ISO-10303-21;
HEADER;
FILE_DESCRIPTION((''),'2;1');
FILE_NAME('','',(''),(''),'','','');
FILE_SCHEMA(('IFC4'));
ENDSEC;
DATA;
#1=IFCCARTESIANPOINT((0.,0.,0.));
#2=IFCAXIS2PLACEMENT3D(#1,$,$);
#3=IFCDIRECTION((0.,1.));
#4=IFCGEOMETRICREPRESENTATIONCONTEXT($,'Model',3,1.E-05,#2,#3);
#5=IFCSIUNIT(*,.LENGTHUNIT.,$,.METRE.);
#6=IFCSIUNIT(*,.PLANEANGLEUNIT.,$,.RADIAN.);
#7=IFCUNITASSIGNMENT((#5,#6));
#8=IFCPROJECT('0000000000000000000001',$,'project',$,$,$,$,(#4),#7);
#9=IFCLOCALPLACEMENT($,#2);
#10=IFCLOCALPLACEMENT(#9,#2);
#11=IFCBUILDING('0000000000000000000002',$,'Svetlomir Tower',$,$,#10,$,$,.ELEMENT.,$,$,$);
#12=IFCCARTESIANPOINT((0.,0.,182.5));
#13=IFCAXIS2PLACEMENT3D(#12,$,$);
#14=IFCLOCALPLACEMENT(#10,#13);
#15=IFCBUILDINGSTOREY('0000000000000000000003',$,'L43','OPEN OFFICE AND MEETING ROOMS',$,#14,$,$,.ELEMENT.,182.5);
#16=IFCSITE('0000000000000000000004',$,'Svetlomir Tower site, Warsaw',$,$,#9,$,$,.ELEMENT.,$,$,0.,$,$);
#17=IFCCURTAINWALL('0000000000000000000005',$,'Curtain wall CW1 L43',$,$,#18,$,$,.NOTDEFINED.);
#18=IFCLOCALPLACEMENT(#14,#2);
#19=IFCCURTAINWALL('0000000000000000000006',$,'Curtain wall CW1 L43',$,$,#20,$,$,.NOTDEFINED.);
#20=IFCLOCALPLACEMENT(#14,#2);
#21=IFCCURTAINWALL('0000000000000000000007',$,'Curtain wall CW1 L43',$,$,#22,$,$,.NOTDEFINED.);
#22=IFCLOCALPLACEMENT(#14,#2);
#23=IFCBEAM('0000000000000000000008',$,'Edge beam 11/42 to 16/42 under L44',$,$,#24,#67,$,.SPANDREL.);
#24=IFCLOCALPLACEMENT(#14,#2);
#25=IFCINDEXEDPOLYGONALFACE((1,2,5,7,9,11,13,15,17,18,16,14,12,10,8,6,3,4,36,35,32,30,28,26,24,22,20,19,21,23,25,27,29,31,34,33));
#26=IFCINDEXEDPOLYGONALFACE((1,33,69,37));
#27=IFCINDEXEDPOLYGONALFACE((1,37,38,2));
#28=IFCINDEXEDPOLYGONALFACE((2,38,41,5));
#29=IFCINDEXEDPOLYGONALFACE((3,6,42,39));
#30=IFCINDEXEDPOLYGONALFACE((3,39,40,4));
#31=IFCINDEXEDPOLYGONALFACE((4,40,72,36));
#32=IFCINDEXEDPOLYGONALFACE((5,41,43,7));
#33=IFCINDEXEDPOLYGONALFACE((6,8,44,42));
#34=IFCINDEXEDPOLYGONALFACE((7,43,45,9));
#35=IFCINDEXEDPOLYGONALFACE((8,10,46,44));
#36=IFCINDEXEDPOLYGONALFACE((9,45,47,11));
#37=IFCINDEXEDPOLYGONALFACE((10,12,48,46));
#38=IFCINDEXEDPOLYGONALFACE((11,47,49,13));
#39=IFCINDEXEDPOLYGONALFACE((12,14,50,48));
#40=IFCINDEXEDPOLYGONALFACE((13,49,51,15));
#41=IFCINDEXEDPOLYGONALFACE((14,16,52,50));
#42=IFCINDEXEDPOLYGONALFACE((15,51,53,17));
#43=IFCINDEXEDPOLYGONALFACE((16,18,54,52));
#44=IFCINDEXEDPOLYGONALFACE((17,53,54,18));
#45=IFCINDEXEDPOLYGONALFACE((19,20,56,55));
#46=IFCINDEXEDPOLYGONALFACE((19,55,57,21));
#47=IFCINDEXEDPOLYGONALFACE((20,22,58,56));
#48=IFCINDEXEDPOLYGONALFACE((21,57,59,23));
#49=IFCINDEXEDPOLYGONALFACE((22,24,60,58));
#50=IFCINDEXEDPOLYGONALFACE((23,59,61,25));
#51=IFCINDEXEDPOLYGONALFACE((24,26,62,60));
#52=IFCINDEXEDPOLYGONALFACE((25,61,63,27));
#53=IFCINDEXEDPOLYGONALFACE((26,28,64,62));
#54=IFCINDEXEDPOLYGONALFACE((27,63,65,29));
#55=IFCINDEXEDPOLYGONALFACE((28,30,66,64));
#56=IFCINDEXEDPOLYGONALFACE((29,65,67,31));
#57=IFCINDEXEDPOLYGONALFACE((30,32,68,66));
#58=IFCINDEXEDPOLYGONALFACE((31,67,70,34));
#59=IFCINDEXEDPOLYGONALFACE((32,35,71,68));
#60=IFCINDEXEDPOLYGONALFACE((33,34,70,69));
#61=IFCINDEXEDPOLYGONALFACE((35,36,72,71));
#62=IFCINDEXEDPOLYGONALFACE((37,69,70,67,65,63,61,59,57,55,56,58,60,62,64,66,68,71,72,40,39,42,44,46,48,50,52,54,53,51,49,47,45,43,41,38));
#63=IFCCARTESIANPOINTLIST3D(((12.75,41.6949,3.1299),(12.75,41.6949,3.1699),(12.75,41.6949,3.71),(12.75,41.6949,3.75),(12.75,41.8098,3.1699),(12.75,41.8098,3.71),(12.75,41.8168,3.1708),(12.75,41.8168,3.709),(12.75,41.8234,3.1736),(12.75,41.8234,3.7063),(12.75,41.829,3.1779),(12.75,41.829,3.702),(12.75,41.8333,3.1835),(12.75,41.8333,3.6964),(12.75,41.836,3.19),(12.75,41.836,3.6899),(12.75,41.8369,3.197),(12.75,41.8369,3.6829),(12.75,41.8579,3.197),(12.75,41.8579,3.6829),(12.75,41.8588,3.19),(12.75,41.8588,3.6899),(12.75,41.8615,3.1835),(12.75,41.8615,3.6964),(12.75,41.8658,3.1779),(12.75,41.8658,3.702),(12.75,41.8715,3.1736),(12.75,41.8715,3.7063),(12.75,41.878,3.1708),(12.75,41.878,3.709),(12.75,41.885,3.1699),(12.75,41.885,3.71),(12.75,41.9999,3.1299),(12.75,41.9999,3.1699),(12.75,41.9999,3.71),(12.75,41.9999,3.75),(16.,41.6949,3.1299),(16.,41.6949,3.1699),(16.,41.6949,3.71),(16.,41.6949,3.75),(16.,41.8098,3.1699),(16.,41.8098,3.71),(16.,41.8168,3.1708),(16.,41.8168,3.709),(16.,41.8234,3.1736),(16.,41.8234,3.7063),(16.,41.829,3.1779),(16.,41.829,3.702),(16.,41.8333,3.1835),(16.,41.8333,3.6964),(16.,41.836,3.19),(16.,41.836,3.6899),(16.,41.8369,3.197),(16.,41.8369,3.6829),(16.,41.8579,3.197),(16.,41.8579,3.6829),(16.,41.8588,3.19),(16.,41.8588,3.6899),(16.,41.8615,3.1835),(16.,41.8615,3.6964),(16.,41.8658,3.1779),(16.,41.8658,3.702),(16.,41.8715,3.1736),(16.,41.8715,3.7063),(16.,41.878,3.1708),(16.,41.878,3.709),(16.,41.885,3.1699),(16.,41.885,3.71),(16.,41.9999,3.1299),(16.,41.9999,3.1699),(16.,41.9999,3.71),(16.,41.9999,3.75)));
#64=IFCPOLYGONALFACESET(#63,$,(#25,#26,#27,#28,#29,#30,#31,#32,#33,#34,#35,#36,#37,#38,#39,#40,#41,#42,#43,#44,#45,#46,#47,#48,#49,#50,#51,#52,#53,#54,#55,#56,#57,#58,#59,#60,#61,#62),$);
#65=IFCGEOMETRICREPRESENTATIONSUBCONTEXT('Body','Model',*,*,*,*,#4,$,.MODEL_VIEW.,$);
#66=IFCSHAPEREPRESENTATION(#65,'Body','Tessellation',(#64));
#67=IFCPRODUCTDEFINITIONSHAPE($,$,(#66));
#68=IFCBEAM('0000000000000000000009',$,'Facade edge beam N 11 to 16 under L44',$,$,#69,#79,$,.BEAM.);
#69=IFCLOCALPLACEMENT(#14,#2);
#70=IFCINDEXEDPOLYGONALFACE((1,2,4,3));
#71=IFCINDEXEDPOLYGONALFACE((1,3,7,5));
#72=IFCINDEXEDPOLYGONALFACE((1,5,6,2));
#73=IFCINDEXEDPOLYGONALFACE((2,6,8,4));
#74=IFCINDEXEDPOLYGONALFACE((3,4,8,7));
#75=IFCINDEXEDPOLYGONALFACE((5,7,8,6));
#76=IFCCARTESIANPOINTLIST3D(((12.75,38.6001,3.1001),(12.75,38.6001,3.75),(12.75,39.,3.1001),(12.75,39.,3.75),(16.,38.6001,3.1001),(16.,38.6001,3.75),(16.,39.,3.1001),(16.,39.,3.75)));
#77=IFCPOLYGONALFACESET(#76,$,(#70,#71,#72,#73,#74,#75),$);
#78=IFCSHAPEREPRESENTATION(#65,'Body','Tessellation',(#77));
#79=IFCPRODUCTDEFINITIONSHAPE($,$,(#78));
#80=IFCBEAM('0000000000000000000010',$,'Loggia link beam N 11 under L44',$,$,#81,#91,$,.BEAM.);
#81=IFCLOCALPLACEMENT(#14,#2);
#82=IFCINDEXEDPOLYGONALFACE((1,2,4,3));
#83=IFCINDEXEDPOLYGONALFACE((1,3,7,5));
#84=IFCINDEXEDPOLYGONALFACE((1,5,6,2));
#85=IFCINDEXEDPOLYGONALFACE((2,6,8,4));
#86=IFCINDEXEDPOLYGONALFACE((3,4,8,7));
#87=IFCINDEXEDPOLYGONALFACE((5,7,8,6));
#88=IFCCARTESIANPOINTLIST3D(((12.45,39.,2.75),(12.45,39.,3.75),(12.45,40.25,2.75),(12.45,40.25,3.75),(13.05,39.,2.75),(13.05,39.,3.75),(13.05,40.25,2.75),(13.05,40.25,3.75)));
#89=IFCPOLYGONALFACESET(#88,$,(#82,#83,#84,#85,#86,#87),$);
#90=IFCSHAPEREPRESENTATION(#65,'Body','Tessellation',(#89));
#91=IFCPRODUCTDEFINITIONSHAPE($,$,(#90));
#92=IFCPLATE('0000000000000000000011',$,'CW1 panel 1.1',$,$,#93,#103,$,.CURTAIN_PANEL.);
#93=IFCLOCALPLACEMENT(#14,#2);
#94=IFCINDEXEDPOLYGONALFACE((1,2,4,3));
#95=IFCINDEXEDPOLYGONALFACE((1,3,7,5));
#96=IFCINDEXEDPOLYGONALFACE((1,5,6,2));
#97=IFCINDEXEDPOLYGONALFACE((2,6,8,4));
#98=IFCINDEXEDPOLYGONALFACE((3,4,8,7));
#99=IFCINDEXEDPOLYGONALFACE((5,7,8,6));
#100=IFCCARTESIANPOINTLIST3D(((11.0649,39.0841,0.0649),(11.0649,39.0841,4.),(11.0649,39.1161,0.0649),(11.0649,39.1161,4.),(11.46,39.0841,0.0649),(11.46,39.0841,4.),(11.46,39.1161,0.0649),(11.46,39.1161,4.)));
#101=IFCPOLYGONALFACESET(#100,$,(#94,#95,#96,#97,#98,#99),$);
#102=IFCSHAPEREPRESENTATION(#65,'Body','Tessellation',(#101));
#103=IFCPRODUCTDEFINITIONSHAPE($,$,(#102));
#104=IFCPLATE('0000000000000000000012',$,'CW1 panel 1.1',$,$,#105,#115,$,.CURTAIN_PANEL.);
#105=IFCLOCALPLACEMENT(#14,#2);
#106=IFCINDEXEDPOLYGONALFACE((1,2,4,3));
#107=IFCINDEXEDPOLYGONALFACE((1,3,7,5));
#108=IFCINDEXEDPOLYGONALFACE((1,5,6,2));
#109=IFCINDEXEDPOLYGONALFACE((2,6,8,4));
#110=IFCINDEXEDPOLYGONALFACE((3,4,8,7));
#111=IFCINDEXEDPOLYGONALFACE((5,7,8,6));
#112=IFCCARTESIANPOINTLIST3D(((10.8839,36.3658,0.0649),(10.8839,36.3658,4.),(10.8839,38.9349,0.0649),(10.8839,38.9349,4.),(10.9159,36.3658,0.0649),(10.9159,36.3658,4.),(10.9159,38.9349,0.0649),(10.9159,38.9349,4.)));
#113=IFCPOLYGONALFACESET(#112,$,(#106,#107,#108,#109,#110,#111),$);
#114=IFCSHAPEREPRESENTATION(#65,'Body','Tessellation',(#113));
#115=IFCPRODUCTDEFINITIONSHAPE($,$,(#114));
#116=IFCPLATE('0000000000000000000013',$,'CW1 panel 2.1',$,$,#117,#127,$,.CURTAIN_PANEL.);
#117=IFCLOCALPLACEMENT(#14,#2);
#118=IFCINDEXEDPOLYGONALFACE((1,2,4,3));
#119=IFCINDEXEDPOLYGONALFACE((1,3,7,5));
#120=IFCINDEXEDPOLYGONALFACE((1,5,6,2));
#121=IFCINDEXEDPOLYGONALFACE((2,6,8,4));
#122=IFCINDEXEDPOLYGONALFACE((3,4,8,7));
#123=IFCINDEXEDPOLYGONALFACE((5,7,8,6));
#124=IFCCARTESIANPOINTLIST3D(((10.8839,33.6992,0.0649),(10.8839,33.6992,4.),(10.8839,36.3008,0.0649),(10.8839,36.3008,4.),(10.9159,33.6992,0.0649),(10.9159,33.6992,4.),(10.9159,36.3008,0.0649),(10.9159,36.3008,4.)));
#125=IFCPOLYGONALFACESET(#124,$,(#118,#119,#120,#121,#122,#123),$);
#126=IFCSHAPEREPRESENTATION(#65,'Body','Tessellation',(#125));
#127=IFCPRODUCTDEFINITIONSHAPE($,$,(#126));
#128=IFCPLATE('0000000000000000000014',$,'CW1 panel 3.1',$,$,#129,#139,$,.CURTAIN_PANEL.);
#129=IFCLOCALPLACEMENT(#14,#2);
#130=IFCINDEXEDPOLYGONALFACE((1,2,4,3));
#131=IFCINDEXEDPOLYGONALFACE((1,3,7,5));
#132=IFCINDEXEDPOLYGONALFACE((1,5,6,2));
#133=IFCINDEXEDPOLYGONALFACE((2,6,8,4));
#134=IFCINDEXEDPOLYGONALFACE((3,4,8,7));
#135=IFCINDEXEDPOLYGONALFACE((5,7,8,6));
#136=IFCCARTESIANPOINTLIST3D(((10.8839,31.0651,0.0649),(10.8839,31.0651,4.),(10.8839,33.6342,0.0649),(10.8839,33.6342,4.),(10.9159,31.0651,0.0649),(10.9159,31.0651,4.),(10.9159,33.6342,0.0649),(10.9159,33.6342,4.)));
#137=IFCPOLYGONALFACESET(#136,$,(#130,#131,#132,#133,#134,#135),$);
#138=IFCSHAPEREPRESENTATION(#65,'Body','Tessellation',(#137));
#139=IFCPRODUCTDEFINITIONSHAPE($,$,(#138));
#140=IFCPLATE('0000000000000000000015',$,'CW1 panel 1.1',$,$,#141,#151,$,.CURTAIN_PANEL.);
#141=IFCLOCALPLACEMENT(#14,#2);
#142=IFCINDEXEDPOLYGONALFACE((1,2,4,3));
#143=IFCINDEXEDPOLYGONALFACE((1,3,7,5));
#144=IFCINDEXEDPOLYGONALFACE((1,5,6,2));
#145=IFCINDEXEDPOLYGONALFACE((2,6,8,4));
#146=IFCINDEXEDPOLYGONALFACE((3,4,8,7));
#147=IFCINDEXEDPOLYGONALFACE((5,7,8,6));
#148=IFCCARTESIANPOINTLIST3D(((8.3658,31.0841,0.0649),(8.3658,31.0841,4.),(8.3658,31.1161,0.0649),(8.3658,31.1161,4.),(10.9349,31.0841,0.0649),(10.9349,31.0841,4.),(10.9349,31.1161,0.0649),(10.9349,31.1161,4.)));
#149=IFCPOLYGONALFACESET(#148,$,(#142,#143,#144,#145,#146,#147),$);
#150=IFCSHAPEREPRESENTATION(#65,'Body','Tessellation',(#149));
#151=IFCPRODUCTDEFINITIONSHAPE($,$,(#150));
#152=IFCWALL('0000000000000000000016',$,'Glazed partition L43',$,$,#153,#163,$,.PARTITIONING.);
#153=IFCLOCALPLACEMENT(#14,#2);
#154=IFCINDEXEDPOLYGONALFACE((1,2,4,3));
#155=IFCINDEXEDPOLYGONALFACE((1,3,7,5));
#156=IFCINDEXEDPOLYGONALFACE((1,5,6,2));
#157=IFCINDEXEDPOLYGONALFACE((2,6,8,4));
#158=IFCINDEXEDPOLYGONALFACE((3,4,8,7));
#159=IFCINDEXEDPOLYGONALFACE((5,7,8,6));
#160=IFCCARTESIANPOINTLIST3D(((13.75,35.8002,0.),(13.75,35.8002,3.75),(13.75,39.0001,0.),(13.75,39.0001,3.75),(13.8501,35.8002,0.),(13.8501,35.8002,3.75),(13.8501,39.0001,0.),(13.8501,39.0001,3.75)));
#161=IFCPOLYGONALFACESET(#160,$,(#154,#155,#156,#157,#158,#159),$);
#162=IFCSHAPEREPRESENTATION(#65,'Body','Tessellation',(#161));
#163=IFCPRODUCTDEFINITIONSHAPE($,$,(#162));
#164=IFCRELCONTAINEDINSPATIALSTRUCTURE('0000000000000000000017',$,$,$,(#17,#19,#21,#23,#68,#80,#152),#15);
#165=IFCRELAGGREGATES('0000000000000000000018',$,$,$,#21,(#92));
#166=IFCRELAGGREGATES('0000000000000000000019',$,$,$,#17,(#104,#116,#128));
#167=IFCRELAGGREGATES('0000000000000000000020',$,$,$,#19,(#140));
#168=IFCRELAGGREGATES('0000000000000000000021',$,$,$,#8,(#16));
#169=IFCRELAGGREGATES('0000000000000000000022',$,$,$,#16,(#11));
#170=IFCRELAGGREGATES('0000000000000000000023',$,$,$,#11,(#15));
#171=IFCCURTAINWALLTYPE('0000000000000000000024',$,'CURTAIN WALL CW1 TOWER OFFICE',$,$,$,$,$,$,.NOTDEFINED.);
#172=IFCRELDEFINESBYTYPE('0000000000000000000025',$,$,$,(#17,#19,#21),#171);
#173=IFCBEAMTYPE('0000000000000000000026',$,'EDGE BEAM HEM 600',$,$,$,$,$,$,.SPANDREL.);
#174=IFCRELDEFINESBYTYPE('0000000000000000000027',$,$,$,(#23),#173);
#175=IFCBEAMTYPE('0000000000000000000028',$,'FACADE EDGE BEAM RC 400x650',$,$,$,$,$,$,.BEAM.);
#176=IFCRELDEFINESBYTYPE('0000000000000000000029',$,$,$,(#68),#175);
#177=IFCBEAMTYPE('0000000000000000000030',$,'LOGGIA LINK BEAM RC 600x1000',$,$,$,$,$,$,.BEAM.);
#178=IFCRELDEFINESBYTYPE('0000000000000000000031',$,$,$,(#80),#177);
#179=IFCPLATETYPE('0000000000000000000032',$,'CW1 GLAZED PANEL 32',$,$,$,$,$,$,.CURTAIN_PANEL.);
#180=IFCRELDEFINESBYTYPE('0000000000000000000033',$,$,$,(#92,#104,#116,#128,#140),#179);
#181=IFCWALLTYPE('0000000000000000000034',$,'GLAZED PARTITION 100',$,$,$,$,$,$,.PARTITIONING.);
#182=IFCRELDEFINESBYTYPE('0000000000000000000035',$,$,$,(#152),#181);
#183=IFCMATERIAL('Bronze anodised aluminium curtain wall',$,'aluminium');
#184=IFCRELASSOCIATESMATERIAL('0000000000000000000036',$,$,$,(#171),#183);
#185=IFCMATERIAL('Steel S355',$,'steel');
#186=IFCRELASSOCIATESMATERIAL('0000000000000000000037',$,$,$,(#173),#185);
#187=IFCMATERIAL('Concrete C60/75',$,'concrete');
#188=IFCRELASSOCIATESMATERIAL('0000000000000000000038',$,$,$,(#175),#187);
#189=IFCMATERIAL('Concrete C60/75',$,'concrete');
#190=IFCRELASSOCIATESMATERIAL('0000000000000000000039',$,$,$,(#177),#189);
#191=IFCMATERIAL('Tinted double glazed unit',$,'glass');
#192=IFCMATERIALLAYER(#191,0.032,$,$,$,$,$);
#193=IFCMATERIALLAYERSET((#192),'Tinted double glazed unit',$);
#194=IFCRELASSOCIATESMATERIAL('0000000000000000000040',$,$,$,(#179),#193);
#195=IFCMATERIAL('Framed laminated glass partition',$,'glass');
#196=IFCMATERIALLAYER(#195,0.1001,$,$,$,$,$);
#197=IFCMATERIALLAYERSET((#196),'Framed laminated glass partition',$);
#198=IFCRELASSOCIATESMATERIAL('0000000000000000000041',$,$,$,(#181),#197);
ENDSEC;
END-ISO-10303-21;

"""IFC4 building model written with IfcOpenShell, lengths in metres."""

from ifc_helpers import new_model, si_unit, direction, frame, frame_2d, origin, origin_2d, place, context, subcontext, project, spatial, rectangle, i_section, extrude, material, layer, layer_set, material_profile, profile_set, type_object, element, aggregate, save


model = new_model("IFC4")

# Units and contexts
model_context = context("Model", 3, precision=1e-05, world=origin(), true_north=direction((0.0, 1.0)))
body_context = subcontext(model_context, "Body", "Model", "MODEL_VIEW")
ifc_project = project(units=[si_unit("LENGTHUNIT", "METRE"), si_unit("PLANEANGLEUNIT", "RADIAN")], contexts=[model_context])

# Site, building, storey
site_placement = place(None, origin())
site = spatial("IfcSite", under=ifc_project, at=site_placement, Name="Svetlomir Tower site, Warsaw", CompositionType="ELEMENT", RefElevation=0.0)
building_placement = place(site_placement, origin())
building = spatial("IfcBuilding", under=site, at=building_placement, Name="Svetlomir Tower", CompositionType="ELEMENT")
storey_placement = place(building_placement, frame((0.0, 0.0, 182.5)))
storey = spatial("IfcBuildingStorey", under=building, at=storey_placement, Name="L43", Description="OPEN OFFICE AND MEETING ROOMS", CompositionType="ELEMENT", Elevation=182.5)

# Curtain walls
ifc_material_1 = material(Name="Bronze anodised aluminium curtain wall", Category="aluminium")
curtain_wall_type = type_object("IfcCurtainWallType", Name="CURTAIN WALL CW1 TOWER OFFICE", PredefinedType="NOTDEFINED", material=ifc_material_1)
curtain_wall_1_placement = place(storey_placement, origin())
curtain_wall_1 = element("IfcCurtainWall", 1, at=curtain_wall_1_placement, inside=storey, type_object=curtain_wall_type, Name="Curtain wall CW1 L43", PredefinedType="NOTDEFINED")
curtain_wall_2_placement = place(storey_placement, origin())
curtain_wall_2 = element("IfcCurtainWall", 2, at=curtain_wall_2_placement, inside=storey, type_object=curtain_wall_type, Name="Curtain wall CW1 L43", PredefinedType="NOTDEFINED")

# Curtain wall
curtain_wall_3_placement = place(storey_placement, origin())
curtain_wall_3 = element("IfcCurtainWall", 3, at=curtain_wall_3_placement, inside=storey, type_object=curtain_wall_type, Name="Curtain wall CW1 L43", PredefinedType="NOTDEFINED")

# Beams
ifc_material_2 = material(Name="Steel S355", Category="steel")
ifc_material_profile_1 = material_profile(ifc_material_2, i_section(OverallWidth=0.3049, OverallDepth=0.6201, WebThickness=0.021, FlangeThickness=0.04, FilletRadius=0.0271, at=origin_2d()), Name="HEM 600")
ifc_profile_set_1 = profile_set([ifc_material_profile_1], Name="Steel S355")
beam_type_1 = type_object("IfcBeamType", Name="EDGE BEAM HEM 600", PredefinedType="SPANDREL", material=ifc_profile_set_1)
beam_1_placement = place(storey_placement, frame((12.75, 41.8474, 3.4399), z_axis=(1.0, 0.0, 0.0), x_axis=(0.0, 1.0, 0.0)))
element("IfcBeam", 4, at=beam_1_placement, inside=storey, type_object=beam_type_1, Name="Edge beam 11/42 to 16/42 under L44", PredefinedType="SPANDREL", context=body_context, shape_type="SweptSolid", body=[
    extrude(i_section(OverallWidth=0.3049, OverallDepth=0.6201, WebThickness=0.021, FlangeThickness=0.04, FilletRadius=0.0271, at=origin_2d()), origin(), (0.0, 0.0, 1.0), 3.25),
])
ifc_material_3 = material(Name="Concrete C60/75", Category="concrete")
ifc_material_profile_2 = material_profile(ifc_material_3, rectangle(XDim=0.3999, YDim=0.6499, at=origin_2d()), Name="RC 400x650")
ifc_profile_set_2 = profile_set([ifc_material_profile_2], Name="Concrete C60/75")
beam_type_2 = type_object("IfcBeamType", Name="FACADE EDGE BEAM RC 400x650", PredefinedType="BEAM", material=ifc_profile_set_2)
beam_2_placement = place(storey_placement, frame((12.75, 38.8, 3.425), z_axis=(1.0, 0.0, 0.0), x_axis=(0.0, 1.0, 0.0)))
element("IfcBeam", 5, at=beam_2_placement, inside=storey, type_object=beam_type_2, Name="Facade edge beam N 11 to 16 under L44", PredefinedType="BEAM", context=body_context, shape_type="SweptSolid", body=[
    extrude(rectangle(XDim=0.3999, YDim=0.6499, at=origin_2d()), origin(), (0.0, 0.0, 1.0), 3.25),
])
ifc_material_4 = material(Name="Concrete C60/75", Category="concrete")
ifc_material_profile_3 = material_profile(ifc_material_4, rectangle(XDim=0.6001, YDim=1.0, at=origin_2d()), Name="RC 600x1000")
ifc_profile_set_3 = profile_set([ifc_material_profile_3], Name="Concrete C60/75")
beam_type_3 = type_object("IfcBeamType", Name="LOGGIA LINK BEAM RC 600x1000", PredefinedType="BEAM", material=ifc_profile_set_3)
beam_3_placement = place(storey_placement, frame((12.75, 40.25, 3.25), z_axis=(0.0, -1.0, 0.0), x_axis=(1.0, 0.0, 0.0)))
element("IfcBeam", 6, at=beam_3_placement, inside=storey, type_object=beam_type_3, Name="Loggia link beam N 11 under L44", PredefinedType="BEAM", context=body_context, shape_type="SweptSolid", body=[
    extrude(rectangle(XDim=0.6001, YDim=1.0, at=origin_2d()), origin(), (0.0, 0.0, 1.0), 1.25),
])

# Plates
ifc_material_5 = material(Name="Tinted double glazed unit", Category="glass")
ifc_layer_1 = layer(ifc_material_5, 0.032)
ifc_layer_set_1 = layer_set([ifc_layer_1], Name="Tinted double glazed unit")
plate_type = type_object("IfcPlateType", Name="CW1 GLAZED PANEL 32", PredefinedType="CURTAIN_PANEL", material=ifc_layer_set_1)
plate_1_placement = place(storey_placement, frame((11.2625, 39.1001, 0.0649), z_axis=(0.0, 0.0, 1.0), x_axis=(-1.0, 0.0, 0.0)))
plate_1 = element("IfcPlate", 7, at=plate_1_placement, type_object=plate_type, Name="CW1 panel 1.1", PredefinedType="CURTAIN_PANEL", context=body_context, shape_type="SweptSolid", body=[
    extrude(rectangle(XDim=0.395, YDim=0.032, at=origin_2d()), origin(), (0.0, 0.0, 1.0), 3.9351),
])
aggregate(curtain_wall_3, [plate_1])
plate_2_placement = place(storey_placement, frame((10.8999, 37.6504, 0.0649), z_axis=(0.0, 0.0, 1.0), x_axis=(0.0, -1.0, 0.0)))
plate_2 = element("IfcPlate", 8, at=plate_2_placement, type_object=plate_type, Name="CW1 panel 1.1", PredefinedType="CURTAIN_PANEL", context=body_context, shape_type="SweptSolid", body=[
    extrude(rectangle(XDim=2.5691, YDim=0.032, at=origin_2d()), origin(), (0.0, 0.0, 1.0), 3.9351),
])
plate_3_placement = place(storey_placement, frame((10.8999, 35.0, 0.0649), z_axis=(0.0, 0.0, 1.0), x_axis=(0.0, -1.0, 0.0)))
plate_3 = element("IfcPlate", 9, at=plate_3_placement, type_object=plate_type, Name="CW1 panel 2.1", PredefinedType="CURTAIN_PANEL", context=body_context, shape_type="SweptSolid", body=[
    extrude(rectangle(XDim=2.6016, YDim=0.032, at=origin_2d()), origin(), (0.0, 0.0, 1.0), 3.9351),
])
plate_4_placement = place(storey_placement, frame((10.8999, 32.3496, 0.0649), z_axis=(0.0, 0.0, 1.0), x_axis=(0.0, -1.0, 0.0)))
plate_4 = element("IfcPlate", 10, at=plate_4_placement, type_object=plate_type, Name="CW1 panel 3.1", PredefinedType="CURTAIN_PANEL", context=body_context, shape_type="SweptSolid", body=[
    extrude(rectangle(XDim=2.5691, YDim=0.032, at=origin_2d()), origin(), (0.0, 0.0, 1.0), 3.9351),
])
aggregate(curtain_wall_1, [plate_2, plate_3, plate_4])
plate_5_placement = place(storey_placement, frame((9.6504, 31.1001, 0.0649), z_axis=(0.0, 0.0, 1.0), x_axis=(-1.0, 0.0, 0.0)))
plate_5 = element("IfcPlate", 11, at=plate_5_placement, type_object=plate_type, Name="CW1 panel 1.1", PredefinedType="CURTAIN_PANEL", context=body_context, shape_type="SweptSolid", body=[
    extrude(rectangle(XDim=2.5691, YDim=0.032, at=origin_2d()), origin(), (0.0, 0.0, 1.0), 3.9351),
])
aggregate(curtain_wall_2, [plate_5])

# Wall
ifc_material_6 = material(Name="Framed laminated glass partition", Category="glass")
ifc_layer_2 = layer(ifc_material_6, 0.1001)
ifc_layer_set_2 = layer_set([ifc_layer_2], Name="Framed laminated glass partition")
wall_type_1 = type_object("IfcWallType", Name="GLAZED PARTITION 100", PredefinedType="PARTITIONING", material=ifc_layer_set_2)
wall_1_placement = place(storey_placement, frame((13.8, 35.8, 0.0), z_axis=(0.0, 0.0, 1.0), x_axis=(0.0, 1.0, 0.0)))
element("IfcWall", 12, at=wall_1_placement, inside=storey, type_object=wall_type_1, Name="Glazed partition L43", PredefinedType="PARTITIONING", context=body_context, shape_type="SweptSolid", body=[
    extrude(rectangle(XDim=3.2, YDim=0.1001, at=frame_2d((1.6001, 0.0))), origin(), (0.0, 0.0, 1.0), 3.75),
])

save(model, "model.ifc")
